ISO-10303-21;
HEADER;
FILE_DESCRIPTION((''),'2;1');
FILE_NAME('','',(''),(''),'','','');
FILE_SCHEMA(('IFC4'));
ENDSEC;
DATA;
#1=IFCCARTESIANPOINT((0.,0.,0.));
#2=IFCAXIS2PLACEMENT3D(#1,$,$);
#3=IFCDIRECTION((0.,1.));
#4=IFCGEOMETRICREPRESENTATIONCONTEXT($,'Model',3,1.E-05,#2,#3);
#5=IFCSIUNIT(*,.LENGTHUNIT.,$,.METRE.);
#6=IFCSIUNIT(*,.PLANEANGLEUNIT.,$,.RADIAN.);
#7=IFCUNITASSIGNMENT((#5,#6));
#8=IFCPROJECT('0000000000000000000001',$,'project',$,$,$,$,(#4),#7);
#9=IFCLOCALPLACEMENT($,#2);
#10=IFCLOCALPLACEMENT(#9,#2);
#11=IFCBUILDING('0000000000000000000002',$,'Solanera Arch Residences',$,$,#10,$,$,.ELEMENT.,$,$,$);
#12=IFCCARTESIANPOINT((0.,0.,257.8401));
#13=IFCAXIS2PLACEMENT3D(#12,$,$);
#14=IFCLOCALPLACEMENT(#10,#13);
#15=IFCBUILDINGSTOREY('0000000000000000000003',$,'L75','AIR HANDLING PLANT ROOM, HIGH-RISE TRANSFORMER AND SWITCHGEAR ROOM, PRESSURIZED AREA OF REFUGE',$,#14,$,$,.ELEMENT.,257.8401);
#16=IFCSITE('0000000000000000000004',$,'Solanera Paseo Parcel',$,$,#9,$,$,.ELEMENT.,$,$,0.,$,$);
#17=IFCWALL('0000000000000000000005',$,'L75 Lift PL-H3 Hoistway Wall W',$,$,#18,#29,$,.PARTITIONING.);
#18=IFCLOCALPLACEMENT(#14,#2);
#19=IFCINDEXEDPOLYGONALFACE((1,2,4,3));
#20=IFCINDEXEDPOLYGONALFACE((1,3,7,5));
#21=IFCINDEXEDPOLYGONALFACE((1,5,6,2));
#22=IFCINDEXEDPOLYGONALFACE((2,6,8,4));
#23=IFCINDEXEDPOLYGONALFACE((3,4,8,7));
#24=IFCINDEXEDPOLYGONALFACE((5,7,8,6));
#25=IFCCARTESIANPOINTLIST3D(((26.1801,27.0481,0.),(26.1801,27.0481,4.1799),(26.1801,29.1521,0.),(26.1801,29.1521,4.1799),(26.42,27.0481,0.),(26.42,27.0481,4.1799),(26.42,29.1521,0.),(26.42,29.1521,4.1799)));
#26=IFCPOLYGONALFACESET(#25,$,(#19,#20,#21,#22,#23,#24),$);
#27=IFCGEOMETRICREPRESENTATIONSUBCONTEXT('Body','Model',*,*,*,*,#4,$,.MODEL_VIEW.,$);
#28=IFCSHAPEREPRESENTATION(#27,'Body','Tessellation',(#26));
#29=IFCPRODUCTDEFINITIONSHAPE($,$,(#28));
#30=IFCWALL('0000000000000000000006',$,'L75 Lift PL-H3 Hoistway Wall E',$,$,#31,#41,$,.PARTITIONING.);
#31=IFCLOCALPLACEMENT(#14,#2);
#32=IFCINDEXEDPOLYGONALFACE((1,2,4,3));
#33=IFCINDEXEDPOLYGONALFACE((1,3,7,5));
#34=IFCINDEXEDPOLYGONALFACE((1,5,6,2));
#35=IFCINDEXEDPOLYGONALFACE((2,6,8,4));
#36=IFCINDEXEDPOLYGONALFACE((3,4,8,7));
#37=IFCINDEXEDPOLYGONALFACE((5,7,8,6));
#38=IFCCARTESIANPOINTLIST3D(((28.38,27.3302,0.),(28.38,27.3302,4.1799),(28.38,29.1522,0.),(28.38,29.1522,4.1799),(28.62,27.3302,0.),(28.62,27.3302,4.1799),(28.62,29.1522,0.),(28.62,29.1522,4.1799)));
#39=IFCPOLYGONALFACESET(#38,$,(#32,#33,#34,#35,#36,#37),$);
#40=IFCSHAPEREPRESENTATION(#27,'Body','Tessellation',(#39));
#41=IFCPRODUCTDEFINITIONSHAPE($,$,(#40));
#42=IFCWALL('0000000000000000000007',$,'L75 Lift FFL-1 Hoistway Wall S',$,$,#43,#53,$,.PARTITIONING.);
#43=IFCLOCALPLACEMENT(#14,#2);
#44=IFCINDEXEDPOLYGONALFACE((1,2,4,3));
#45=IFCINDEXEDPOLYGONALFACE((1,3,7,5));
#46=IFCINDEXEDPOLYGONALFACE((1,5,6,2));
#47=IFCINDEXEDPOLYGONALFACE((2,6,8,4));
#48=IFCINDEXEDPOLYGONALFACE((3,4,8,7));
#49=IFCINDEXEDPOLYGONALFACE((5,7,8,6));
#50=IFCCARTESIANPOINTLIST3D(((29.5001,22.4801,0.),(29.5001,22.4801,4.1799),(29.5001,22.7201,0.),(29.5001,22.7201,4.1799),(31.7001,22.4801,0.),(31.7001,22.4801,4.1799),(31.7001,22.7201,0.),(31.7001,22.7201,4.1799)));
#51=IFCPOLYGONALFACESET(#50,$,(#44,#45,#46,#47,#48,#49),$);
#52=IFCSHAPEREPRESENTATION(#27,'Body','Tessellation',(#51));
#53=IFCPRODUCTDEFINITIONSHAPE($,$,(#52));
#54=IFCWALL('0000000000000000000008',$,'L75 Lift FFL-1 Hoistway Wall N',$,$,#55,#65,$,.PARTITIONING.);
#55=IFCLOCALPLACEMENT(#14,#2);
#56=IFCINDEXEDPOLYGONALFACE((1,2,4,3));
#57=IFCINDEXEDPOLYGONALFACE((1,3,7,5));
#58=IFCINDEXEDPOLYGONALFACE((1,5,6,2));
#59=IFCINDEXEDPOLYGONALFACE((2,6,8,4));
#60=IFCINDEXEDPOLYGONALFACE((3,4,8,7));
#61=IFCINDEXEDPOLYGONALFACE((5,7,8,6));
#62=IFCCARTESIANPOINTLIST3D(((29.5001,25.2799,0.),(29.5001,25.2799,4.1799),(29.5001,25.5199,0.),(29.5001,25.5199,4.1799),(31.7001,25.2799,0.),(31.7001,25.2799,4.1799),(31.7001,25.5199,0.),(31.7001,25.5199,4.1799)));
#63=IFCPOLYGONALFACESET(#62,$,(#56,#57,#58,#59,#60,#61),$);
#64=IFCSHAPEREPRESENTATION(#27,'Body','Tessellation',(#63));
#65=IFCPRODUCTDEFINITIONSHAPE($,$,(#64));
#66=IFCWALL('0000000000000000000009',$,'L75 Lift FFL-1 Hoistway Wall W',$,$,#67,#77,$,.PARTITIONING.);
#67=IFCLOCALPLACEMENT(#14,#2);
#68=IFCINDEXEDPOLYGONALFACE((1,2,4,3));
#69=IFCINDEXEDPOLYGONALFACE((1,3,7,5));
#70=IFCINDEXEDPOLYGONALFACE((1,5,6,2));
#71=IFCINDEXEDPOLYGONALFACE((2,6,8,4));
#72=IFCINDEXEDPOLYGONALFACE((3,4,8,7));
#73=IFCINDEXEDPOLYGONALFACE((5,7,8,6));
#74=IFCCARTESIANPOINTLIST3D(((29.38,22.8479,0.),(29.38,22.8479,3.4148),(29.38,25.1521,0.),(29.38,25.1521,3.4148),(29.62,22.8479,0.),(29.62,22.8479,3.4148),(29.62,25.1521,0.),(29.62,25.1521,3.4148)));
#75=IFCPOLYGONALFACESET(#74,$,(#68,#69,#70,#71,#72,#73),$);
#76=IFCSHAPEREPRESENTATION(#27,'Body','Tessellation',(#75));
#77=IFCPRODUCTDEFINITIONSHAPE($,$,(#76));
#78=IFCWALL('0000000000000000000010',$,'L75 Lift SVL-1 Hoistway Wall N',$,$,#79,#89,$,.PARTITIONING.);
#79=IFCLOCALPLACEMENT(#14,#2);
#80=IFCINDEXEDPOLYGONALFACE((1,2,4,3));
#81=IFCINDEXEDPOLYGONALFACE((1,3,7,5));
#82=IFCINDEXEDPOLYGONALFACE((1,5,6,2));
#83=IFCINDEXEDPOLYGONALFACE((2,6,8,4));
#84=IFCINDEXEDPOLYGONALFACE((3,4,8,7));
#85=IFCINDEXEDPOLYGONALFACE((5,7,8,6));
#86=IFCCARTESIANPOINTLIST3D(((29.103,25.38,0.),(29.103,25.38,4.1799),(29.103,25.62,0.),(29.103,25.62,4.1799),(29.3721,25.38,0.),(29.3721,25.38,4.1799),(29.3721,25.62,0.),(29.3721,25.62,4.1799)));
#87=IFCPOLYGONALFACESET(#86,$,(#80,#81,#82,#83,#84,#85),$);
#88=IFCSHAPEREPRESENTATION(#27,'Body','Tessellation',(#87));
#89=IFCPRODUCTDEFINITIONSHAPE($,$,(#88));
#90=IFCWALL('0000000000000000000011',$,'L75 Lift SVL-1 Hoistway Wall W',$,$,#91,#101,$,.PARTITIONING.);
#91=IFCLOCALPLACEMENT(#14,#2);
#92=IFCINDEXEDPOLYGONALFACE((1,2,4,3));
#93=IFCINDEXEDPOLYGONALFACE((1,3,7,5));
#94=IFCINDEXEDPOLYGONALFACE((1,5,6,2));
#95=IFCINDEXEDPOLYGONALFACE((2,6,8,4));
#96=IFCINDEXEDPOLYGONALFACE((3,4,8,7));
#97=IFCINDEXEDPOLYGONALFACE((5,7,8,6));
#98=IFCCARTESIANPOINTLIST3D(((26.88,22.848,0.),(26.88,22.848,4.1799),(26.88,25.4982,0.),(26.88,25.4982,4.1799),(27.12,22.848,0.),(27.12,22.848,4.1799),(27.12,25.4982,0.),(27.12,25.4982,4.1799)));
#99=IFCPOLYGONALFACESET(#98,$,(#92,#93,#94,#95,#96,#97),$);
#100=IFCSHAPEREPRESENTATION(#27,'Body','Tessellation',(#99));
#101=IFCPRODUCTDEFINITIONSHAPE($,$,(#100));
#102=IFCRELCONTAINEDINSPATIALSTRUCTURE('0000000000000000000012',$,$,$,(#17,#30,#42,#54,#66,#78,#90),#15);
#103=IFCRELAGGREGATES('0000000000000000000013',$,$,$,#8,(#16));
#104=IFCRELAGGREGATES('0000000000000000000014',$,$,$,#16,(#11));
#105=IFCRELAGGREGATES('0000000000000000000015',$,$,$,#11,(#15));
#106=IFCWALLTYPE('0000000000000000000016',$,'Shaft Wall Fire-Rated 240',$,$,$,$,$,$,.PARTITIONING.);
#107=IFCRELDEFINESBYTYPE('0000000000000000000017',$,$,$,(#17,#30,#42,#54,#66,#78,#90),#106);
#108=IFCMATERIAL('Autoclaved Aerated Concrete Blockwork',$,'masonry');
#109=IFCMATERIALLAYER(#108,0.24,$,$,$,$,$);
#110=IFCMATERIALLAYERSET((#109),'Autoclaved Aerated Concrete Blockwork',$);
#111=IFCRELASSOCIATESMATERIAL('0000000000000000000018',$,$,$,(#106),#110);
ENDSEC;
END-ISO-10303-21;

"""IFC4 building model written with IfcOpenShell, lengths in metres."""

from ifc_helpers import new_model, si_unit, direction, frame, frame_2d, origin, place, context, subcontext, project, spatial, rectangle, extrude, material, layer, layer_set, type_object, element, save


model = new_model("IFC4")

# Units and contexts
model_context = context("Model", 3, precision=1e-05, world=origin(), true_north=direction((0.0, 1.0)))
body_context = subcontext(model_context, "Body", "Model", "MODEL_VIEW")
ifc_project = project(units=[si_unit("LENGTHUNIT", "METRE"), si_unit("PLANEANGLEUNIT", "RADIAN")], contexts=[model_context])

# Site, building, storey
site_placement = place(None, origin())
site = spatial("IfcSite", under=ifc_project, at=site_placement, Name="Solanera Paseo Parcel", CompositionType="ELEMENT", RefElevation=0.0)
building_placement = place(site_placement, origin())
building = spatial("IfcBuilding", under=site, at=building_placement, Name="Solanera Arch Residences", CompositionType="ELEMENT")
storey_placement = place(building_placement, frame((0.0, 0.0, 257.8401)))
storey = spatial("IfcBuildingStorey", under=building, at=storey_placement, Name="L75", Description="AIR HANDLING PLANT ROOM, HIGH-RISE TRANSFORMER AND SWITCHGEAR ROOM, PRESSURIZED AREA OF REFUGE", CompositionType="ELEMENT", Elevation=257.8401)

# Walls
ifc_material_1 = material(Name="Autoclaved Aerated Concrete Blockwork", Category="masonry")
ifc_layer_1 = layer(ifc_material_1, 0.24)
ifc_layer_set_1 = layer_set([ifc_layer_1], Name="Autoclaved Aerated Concrete Blockwork")
wall_type_1 = type_object("IfcWallType", Name="Shaft Wall Fire-Rated 240", PredefinedType="PARTITIONING", material=ifc_layer_set_1)
wall_1_placement = place(storey_placement, frame((26.3, 27.0481, 0.0), z_axis=(0.0, 0.0, 1.0), x_axis=(0.0, 1.0, 0.0)))
element("IfcWall", 1, at=wall_1_placement, inside=storey, type_object=wall_type_1, Name="L75 Lift PL-H3 Hoistway Wall W", PredefinedType="PARTITIONING", context=body_context, shape_type="SweptSolid", body=[
    extrude(rectangle(XDim=2.104, YDim=0.24, at=frame_2d((1.052, 0.0))), origin(), (0.0, 0.0, 1.0), 4.1799),
])
wall_2_placement = place(storey_placement, frame((28.5, 27.3301, 0.0), z_axis=(0.0, 0.0, 1.0), x_axis=(0.0, 1.0, 0.0)))
element("IfcWall", 2, at=wall_2_placement, inside=storey, type_object=wall_type_1, Name="L75 Lift PL-H3 Hoistway Wall E", PredefinedType="PARTITIONING", context=body_context, shape_type="SweptSolid", body=[
    extrude(rectangle(XDim=1.822, YDim=0.24, at=frame_2d((0.9111, 0.0))), origin(), (0.0, 0.0, 1.0), 4.1799),
])
for number, where, z_axis, x_axis, name in (
    (3, (29.5, 22.6001, 0.0), (0.0, 0.0, 1.0), (1.0, 0.0, 0.0), "L75 Lift FFL-1 Hoistway Wall S"),
    (4, (29.5, 25.3999, 0.0), (0.0, 0.0, 1.0), (1.0, 0.0, 0.0), "L75 Lift FFL-1 Hoistway Wall N"),
):
    element("IfcWall", number, at=place(storey_placement, frame(where, z_axis=z_axis, x_axis=x_axis)), inside=storey, type_object=wall_type_1, Name=name, PredefinedType="PARTITIONING", context=body_context, shape_type="SweptSolid", body=[
        extrude(rectangle(XDim=2.2, YDim=0.24, at=frame_2d((1.1001, 0.0))), origin(), (0.0, 0.0, 1.0), 4.1799),
    ])
wall_3_placement = place(storey_placement, frame((29.5, 22.8479, 0.0), z_axis=(0.0, 0.0, 1.0), x_axis=(0.0, 1.0, 0.0)))
element("IfcWall", 5, at=wall_3_placement, inside=storey, type_object=wall_type_1, Name="L75 Lift FFL-1 Hoistway Wall W", PredefinedType="PARTITIONING", context=body_context, shape_type="SweptSolid", body=[
    extrude(rectangle(XDim=2.3042, YDim=0.24, at=frame_2d((1.1521, 0.0))), origin(), (0.0, 0.0, 1.0), 3.4148),
])
wall_4_placement = place(storey_placement, frame((29.103, 25.5, 0.0), z_axis=(0.0, 0.0, 1.0), x_axis=(1.0, 0.0, 0.0)))
element("IfcWall", 6, at=wall_4_placement, inside=storey, type_object=wall_type_1, Name="L75 Lift SVL-1 Hoistway Wall N", PredefinedType="PARTITIONING", context=body_context, shape_type="SweptSolid", body=[
    extrude(rectangle(XDim=0.269, YDim=0.24, at=frame_2d((0.1345, 0.0))), origin(), (0.0, 0.0, 1.0), 4.1799),
])
wall_5_placement = place(storey_placement, frame((27.0, 22.8479, 0.0), z_axis=(0.0, 0.0, 1.0), x_axis=(0.0, 1.0, 0.0)))
element("IfcWall", 7, at=wall_5_placement, inside=storey, type_object=wall_type_1, Name="L75 Lift SVL-1 Hoistway Wall W", PredefinedType="PARTITIONING", context=body_context, shape_type="SweptSolid", body=[
    extrude(rectangle(XDim=2.6501, YDim=0.24, at=frame_2d((1.3252, 0.0))), origin(), (0.0, 0.0, 1.0), 4.1799),
])

save(model, "model.ifc")
